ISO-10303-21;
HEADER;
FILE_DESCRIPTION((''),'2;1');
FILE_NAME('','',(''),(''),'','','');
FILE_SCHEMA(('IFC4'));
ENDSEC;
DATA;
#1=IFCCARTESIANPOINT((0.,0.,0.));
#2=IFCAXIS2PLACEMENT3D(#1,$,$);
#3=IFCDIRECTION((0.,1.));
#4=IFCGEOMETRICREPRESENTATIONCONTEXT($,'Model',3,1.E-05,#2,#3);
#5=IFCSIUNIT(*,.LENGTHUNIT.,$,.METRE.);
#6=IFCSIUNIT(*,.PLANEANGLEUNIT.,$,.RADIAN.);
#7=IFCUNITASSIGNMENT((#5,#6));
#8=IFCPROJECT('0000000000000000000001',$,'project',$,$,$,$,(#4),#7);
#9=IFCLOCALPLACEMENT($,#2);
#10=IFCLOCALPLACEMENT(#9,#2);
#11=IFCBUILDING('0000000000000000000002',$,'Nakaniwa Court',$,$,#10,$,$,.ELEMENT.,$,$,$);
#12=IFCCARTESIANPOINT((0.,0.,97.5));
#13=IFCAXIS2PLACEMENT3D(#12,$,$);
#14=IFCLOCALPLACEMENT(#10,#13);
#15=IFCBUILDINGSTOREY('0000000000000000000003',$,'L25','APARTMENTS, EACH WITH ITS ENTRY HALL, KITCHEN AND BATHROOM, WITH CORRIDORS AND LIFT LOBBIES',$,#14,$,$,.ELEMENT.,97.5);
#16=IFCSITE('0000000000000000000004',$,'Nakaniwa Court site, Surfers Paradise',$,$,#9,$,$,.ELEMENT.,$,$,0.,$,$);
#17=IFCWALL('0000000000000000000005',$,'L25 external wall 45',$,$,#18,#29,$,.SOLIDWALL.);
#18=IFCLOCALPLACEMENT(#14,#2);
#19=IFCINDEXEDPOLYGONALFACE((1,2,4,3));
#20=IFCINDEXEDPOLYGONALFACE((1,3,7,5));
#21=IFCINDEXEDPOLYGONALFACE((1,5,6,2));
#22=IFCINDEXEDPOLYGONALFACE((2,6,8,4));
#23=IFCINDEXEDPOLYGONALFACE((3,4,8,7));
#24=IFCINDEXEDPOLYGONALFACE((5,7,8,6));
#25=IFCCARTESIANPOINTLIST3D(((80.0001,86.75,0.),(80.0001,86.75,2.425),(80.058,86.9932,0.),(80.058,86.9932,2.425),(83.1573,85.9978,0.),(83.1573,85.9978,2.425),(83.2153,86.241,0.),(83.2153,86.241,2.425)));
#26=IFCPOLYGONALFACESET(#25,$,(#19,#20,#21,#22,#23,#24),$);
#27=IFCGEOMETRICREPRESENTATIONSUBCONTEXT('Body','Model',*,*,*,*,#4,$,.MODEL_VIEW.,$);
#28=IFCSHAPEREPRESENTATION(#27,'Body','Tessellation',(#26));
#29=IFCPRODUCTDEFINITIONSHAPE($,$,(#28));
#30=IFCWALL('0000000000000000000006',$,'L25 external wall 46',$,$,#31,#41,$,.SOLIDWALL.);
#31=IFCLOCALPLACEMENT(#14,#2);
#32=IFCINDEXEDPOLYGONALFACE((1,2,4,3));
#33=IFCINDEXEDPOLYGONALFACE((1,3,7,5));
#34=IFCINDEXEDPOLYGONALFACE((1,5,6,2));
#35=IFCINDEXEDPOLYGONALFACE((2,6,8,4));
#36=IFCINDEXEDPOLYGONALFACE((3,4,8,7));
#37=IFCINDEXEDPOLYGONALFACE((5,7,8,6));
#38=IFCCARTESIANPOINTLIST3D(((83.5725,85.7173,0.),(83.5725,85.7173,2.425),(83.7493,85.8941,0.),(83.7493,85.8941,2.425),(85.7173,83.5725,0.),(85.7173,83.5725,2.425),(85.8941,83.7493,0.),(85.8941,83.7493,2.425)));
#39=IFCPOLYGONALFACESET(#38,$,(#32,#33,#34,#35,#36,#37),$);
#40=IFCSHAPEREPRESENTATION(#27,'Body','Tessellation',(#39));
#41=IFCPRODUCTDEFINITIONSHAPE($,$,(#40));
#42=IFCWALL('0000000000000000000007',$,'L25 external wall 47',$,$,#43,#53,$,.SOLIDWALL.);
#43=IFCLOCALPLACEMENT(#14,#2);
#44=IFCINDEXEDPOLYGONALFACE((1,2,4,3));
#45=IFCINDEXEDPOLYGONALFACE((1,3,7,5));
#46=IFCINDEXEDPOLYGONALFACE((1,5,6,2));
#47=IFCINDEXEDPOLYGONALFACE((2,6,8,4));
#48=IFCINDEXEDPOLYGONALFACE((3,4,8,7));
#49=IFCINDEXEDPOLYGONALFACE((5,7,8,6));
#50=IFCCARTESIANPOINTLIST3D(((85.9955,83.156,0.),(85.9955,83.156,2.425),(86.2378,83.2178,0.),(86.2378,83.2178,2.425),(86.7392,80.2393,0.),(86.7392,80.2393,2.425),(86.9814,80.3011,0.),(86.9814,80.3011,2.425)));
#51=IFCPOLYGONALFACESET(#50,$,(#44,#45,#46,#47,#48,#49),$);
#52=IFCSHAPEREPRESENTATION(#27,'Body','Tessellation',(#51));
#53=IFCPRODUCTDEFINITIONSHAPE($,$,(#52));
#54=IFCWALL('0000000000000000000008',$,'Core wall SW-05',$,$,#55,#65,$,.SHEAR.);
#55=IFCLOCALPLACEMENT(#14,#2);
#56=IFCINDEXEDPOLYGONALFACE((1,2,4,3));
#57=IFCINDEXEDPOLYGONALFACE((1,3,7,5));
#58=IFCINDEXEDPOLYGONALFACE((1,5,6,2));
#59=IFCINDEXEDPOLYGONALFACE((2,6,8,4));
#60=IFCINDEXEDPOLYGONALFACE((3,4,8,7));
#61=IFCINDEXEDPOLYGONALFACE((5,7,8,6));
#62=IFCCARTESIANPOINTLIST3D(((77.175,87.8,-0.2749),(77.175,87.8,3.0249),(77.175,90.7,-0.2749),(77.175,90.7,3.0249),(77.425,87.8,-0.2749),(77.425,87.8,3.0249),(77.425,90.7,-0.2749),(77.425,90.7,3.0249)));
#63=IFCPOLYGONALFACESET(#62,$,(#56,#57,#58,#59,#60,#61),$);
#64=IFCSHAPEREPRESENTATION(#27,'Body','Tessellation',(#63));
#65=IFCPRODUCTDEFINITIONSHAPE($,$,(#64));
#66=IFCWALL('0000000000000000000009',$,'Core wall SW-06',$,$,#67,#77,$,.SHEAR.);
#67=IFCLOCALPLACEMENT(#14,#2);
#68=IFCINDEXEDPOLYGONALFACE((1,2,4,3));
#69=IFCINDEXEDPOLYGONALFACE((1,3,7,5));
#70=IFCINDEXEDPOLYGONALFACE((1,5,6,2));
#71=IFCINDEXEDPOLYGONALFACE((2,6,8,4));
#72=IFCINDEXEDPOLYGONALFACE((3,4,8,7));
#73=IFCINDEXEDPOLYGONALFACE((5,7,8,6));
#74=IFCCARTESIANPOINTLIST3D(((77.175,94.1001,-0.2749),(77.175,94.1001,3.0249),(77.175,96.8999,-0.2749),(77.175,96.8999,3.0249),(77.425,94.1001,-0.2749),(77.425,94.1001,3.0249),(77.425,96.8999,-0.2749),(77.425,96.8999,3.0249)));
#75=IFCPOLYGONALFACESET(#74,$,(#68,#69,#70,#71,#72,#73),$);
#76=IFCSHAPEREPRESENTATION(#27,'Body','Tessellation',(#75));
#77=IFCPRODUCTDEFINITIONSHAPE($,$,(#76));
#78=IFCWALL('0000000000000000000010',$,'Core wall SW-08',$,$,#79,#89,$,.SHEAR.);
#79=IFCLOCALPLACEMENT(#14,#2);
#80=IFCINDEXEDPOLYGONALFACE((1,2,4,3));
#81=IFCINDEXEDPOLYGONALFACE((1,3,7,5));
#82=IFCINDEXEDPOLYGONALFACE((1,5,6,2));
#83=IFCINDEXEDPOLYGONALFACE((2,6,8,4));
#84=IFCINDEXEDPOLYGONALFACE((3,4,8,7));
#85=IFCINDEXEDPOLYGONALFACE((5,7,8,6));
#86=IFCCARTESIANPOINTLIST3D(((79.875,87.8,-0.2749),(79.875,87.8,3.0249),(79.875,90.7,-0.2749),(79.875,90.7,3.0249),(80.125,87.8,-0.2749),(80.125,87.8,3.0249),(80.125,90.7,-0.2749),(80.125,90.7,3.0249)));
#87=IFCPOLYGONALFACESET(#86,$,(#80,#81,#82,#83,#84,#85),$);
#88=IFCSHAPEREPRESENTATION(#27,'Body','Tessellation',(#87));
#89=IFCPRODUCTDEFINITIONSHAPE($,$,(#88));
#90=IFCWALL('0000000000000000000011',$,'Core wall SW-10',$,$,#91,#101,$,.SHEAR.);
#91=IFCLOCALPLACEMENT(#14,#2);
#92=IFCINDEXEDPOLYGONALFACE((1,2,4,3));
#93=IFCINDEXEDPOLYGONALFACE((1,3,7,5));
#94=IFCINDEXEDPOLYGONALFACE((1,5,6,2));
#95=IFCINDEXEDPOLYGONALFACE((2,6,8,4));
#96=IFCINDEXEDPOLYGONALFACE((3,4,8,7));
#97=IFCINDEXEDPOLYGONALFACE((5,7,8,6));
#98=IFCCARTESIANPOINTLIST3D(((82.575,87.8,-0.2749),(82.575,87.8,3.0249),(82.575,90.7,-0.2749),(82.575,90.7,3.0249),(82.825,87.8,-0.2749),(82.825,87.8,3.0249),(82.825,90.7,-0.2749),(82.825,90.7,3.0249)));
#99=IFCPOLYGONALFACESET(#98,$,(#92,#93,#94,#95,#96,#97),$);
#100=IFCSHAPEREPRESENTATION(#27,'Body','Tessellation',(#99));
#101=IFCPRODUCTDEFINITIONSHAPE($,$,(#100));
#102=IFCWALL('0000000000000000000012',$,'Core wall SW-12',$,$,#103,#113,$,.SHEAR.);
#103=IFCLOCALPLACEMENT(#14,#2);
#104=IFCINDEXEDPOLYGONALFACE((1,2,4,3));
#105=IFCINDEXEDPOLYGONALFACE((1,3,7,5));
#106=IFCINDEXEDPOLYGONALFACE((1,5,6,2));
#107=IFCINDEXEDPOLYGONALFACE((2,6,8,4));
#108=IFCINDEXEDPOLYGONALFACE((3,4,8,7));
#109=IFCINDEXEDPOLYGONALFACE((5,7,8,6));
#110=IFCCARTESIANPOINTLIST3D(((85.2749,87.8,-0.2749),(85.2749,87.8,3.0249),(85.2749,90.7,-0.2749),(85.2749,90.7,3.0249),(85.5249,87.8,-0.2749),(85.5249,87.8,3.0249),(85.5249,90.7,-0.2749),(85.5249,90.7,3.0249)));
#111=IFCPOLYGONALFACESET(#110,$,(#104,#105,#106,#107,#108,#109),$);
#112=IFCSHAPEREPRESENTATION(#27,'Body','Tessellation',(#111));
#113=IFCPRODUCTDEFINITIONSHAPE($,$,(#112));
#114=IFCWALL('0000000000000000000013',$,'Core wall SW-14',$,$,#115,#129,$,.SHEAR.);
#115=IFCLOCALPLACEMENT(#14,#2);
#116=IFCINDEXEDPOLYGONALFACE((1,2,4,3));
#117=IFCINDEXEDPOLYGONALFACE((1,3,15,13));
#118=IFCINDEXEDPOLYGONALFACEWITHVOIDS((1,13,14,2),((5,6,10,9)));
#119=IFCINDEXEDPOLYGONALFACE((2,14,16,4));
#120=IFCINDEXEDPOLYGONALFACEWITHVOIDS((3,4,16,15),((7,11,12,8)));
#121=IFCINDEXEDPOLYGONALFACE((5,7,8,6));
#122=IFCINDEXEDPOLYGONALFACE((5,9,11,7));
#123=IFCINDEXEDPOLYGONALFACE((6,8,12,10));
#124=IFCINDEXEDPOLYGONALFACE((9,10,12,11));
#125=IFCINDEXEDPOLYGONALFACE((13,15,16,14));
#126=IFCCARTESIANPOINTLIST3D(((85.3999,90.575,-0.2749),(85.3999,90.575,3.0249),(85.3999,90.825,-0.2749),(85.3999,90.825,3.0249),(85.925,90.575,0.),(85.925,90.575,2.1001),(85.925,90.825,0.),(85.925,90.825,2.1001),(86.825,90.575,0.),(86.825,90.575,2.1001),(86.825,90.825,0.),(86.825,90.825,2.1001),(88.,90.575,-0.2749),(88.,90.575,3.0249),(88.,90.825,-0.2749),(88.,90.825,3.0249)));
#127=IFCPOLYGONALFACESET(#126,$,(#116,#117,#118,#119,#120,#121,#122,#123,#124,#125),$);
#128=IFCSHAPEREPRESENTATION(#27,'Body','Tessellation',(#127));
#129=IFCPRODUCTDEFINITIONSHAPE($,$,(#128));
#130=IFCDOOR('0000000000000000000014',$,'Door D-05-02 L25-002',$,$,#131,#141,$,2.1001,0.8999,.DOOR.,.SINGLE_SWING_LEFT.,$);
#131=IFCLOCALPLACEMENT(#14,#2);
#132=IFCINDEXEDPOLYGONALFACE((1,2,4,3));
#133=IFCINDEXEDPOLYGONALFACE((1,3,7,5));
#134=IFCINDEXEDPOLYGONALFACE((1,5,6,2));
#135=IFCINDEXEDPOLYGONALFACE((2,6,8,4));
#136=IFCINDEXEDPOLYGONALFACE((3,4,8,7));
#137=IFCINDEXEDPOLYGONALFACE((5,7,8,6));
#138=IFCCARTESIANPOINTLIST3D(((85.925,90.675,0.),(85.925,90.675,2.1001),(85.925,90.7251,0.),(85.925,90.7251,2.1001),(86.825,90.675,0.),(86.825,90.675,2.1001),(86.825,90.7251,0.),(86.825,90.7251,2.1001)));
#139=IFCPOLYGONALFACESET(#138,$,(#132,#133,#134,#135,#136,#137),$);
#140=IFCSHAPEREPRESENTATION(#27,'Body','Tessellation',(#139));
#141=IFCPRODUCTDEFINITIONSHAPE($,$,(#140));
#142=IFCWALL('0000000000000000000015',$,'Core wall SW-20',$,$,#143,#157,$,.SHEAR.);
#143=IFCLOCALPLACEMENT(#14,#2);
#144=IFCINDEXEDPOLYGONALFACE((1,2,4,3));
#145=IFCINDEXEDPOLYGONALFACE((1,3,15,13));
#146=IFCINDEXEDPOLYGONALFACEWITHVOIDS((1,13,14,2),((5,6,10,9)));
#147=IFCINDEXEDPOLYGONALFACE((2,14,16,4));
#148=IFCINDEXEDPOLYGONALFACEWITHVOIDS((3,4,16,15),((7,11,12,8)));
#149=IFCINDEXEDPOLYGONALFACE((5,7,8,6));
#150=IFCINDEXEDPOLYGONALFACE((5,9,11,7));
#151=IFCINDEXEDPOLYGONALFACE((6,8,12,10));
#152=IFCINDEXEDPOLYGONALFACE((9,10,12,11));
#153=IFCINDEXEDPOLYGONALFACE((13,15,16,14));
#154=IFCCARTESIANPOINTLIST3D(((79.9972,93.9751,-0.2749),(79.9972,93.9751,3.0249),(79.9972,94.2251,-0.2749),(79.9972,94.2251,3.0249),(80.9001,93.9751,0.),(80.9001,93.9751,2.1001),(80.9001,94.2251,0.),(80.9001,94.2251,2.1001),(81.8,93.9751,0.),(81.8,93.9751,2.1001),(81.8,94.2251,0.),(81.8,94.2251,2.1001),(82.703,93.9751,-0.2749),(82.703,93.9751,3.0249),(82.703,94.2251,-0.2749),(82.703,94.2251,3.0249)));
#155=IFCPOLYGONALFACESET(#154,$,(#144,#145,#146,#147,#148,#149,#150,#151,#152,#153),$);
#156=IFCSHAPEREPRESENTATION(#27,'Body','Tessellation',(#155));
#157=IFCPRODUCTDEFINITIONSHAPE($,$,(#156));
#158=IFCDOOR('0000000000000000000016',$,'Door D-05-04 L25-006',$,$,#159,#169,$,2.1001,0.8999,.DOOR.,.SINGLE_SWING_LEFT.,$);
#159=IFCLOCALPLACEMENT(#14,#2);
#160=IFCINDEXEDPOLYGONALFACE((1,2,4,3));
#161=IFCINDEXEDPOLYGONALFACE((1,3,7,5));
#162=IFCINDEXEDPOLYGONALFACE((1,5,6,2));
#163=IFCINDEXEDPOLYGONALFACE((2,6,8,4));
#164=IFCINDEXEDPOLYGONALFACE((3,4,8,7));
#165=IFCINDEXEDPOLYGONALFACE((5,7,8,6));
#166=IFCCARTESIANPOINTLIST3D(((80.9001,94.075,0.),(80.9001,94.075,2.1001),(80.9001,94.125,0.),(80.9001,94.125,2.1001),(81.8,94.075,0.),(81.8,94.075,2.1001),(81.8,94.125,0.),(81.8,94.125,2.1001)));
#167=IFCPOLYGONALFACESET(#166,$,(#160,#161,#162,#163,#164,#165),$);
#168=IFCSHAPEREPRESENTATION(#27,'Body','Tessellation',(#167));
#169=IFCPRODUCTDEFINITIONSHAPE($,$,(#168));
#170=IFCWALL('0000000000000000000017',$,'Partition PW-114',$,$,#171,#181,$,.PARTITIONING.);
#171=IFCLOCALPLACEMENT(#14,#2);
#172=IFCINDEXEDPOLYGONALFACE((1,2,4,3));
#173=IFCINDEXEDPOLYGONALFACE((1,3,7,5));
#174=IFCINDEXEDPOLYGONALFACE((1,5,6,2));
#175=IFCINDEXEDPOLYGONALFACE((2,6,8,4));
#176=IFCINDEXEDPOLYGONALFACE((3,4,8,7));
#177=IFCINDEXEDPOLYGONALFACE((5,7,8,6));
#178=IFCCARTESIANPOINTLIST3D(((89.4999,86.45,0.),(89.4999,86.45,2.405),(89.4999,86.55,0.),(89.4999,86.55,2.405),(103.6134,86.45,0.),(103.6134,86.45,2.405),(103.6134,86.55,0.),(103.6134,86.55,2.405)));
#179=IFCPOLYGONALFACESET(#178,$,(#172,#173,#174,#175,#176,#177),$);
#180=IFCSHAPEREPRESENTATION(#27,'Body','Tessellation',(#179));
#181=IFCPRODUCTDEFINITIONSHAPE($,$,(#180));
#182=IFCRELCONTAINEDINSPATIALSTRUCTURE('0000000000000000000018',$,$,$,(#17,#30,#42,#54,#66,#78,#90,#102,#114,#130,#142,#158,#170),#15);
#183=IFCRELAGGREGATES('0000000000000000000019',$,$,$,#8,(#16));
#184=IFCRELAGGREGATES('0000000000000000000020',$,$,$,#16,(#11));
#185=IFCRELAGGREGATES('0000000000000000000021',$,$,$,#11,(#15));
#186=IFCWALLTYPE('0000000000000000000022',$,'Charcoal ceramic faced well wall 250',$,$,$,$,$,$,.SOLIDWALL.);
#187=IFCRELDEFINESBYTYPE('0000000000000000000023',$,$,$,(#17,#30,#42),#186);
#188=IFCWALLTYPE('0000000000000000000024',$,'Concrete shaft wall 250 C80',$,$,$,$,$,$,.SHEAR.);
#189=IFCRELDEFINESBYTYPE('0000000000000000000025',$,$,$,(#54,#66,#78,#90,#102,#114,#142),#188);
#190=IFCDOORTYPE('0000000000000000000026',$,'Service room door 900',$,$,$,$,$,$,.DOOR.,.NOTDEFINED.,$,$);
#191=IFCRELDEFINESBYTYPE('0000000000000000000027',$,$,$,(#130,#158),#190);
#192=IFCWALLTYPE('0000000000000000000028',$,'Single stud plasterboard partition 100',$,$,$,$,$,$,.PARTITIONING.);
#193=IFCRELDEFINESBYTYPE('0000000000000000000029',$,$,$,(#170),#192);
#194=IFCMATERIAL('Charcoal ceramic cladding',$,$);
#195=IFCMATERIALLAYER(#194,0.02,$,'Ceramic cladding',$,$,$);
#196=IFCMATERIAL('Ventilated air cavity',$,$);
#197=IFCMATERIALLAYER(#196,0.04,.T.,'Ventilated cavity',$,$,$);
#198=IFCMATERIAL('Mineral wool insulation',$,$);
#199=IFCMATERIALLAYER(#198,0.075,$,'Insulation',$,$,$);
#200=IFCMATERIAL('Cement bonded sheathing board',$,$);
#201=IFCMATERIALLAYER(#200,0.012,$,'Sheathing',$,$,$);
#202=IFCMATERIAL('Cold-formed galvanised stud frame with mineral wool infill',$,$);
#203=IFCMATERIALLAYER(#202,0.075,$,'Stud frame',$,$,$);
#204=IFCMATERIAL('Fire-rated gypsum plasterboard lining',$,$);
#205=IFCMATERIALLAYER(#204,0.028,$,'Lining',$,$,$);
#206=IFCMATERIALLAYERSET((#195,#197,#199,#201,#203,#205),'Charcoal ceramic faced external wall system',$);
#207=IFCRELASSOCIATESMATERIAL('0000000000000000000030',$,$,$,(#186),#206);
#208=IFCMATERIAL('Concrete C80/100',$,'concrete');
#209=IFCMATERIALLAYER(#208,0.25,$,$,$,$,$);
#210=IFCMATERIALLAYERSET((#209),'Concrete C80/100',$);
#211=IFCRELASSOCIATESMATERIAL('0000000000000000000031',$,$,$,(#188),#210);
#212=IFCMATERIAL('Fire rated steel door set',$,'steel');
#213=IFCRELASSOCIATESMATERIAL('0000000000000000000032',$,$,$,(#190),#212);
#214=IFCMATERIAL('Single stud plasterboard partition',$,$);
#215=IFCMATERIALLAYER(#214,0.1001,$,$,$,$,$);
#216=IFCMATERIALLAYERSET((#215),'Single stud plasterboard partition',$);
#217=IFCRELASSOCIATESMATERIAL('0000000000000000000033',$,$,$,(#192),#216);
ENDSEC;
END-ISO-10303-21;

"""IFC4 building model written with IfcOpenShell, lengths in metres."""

from ifc_helpers import new_model, si_unit, direction, frame, frame_2d, origin, place, context, subcontext, project, spatial, rectangle, extrude, material, layer, layer_set, type_object, element, fill, save


model = new_model("IFC4")

# Units and contexts
model_context = context("Model", 3, precision=1e-05, world=origin(), true_north=direction((0.0, 1.0)))
body_context = subcontext(model_context, "Body", "Model", "MODEL_VIEW")
ifc_project = project(units=[si_unit("LENGTHUNIT", "METRE"), si_unit("PLANEANGLEUNIT", "RADIAN")], contexts=[model_context])

# Site, building, storey
site_placement = place(None, origin())
site = spatial("IfcSite", under=ifc_project, at=site_placement, Name="Nakaniwa Court site, Surfers Paradise", CompositionType="ELEMENT", RefElevation=0.0)
building_placement = place(site_placement, origin())
building = spatial("IfcBuilding", under=site, at=building_placement, Name="Nakaniwa Court", CompositionType="ELEMENT")
storey_placement = place(building_placement, frame((0.0, 0.0, 97.5)))
storey = spatial("IfcBuildingStorey", under=building, at=storey_placement, Name="L25", Description="APARTMENTS, EACH WITH ITS ENTRY HALL, KITCHEN AND BATHROOM, WITH CORRIDORS AND LIFT LOBBIES", CompositionType="ELEMENT", Elevation=97.5)

# Shared definitions
ifc_material_1 = material(Name="Concrete C80/100", Category="concrete")

# Walls
ifc_material_2 = material(Name="Charcoal ceramic cladding")
ifc_layer_1 = layer(ifc_material_2, 0.02, Name="Ceramic cladding")
ifc_material_3 = material(Name="Ventilated air cavity")
ifc_layer_2 = layer(ifc_material_3, 0.04, ventilated=True, Name="Ventilated cavity")
ifc_material_4 = material(Name="Mineral wool insulation")
ifc_layer_3 = layer(ifc_material_4, 0.075, Name="Insulation")
ifc_material_5 = material(Name="Cement bonded sheathing board")
ifc_layer_4 = layer(ifc_material_5, 0.012, Name="Sheathing")
ifc_material_6 = material(Name="Cold-formed galvanised stud frame with mineral wool infill")
ifc_layer_5 = layer(ifc_material_6, 0.075, Name="Stud frame")
ifc_material_7 = material(Name="Fire-rated gypsum plasterboard lining")
ifc_layer_6 = layer(ifc_material_7, 0.028, Name="Lining")
ifc_layer_set_1 = layer_set([ifc_layer_1, ifc_layer_2, ifc_layer_3, ifc_layer_4, ifc_layer_5, ifc_layer_6], Name="Charcoal ceramic faced external wall system")
wall_type_1 = type_object("IfcWallType", Name="Charcoal ceramic faced well wall 250", PredefinedType="SOLIDWALL", material=ifc_layer_set_1)
wall_1_placement = place(storey_placement, frame((80.0291, 86.8716, 0.0), z_axis=(0.0, 0.0, 1.0), x_axis=(0.972773, -0.23176, 0.0)))
element("IfcWall", 1, at=wall_1_placement, inside=storey, type_object=wall_type_1, Name="L25 external wall 45", PredefinedType="SOLIDWALL", context=body_context, shape_type="SweptSolid", body=[
    extrude(rectangle(XDim=3.2456, YDim=0.25, at=frame_2d((1.6228, 0.0))), origin(), (0.0, 0.0, 1.0), 2.425),
])
wall_2_placement = place(storey_placement, frame((83.6609, 85.8057, 0.0), z_axis=(0.0, 0.0, 1.0), x_axis=(0.707107, -0.707107, 0.0)))
element("IfcWall", 2, at=wall_2_placement, inside=storey, type_object=wall_type_1, Name="L25 external wall 46", PredefinedType="SOLIDWALL", context=body_context, shape_type="SweptSolid", body=[
    extrude(rectangle(XDim=3.0332, YDim=0.25, at=frame_2d((1.5166, 0.0))), origin(), (0.0, 0.0, 1.0), 2.425),
])
wall_3_placement = place(storey_placement, frame((86.1167, 83.1868, 0.0), z_axis=(0.0, 0.0, 1.0), x_axis=(0.247056, -0.969001, 0.0)))
element("IfcWall", 3, at=wall_3_placement, inside=storey, type_object=wall_type_1, Name="L25 external wall 47", PredefinedType="SOLIDWALL", context=body_context, shape_type="SweptSolid", body=[
    extrude(rectangle(XDim=3.01, YDim=0.25, at=frame_2d((1.5049, 0.0))), origin(), (0.0, 0.0, 1.0), 2.425),
])
ifc_layer_7 = layer(ifc_material_1, 0.25)
ifc_layer_set_2 = layer_set([ifc_layer_7], Name="Concrete C80/100")
wall_type_2 = type_object("IfcWallType", Name="Concrete shaft wall 250 C80", PredefinedType="SHEAR", material=ifc_layer_set_2)
wall_4_placement = place(storey_placement, frame((77.3, 87.8, -0.2749), z_axis=(0.0, 0.0, 1.0), x_axis=(0.0, 1.0, 0.0)))
element("IfcWall", 4, at=wall_4_placement, inside=storey, type_object=wall_type_2, Name="Core wall SW-05", PredefinedType="SHEAR", context=body_context, shape_type="SweptSolid", body=[
    extrude(rectangle(XDim=2.8999, YDim=0.25, at=frame_2d((1.45, 0.0))), origin(), (0.0, 0.0, 1.0), 3.2998),
])
wall_5_placement = place(storey_placement, frame((77.3, 94.1001, -0.2749), z_axis=(0.0, 0.0, 1.0), x_axis=(0.0, 1.0, 0.0)))
element("IfcWall", 5, at=wall_5_placement, inside=storey, type_object=wall_type_2, Name="Core wall SW-06", PredefinedType="SHEAR", context=body_context, shape_type="SweptSolid", body=[
    extrude(rectangle(XDim=2.7998, YDim=0.25, at=frame_2d((1.3999, 0.0))), origin(), (0.0, 0.0, 1.0), 3.2998),
])
for number, where, z_axis, x_axis, name in (
    (6, (80.0, 87.8, -0.2749), (0.0, 0.0, 1.0), (0.0, 1.0, 0.0), "Core wall SW-08"),
    (7, (82.7, 87.8, -0.2749), (0.0, 0.0, 1.0), (0.0, 1.0, 0.0), "Core wall SW-10"),
    (8, (85.3999, 87.8, -0.2749), (0.0, 0.0, 1.0), (0.0, 1.0, 0.0), "Core wall SW-12"),
):
    element("IfcWall", number, at=place(storey_placement, frame(where, z_axis=z_axis, x_axis=x_axis)), inside=storey, type_object=wall_type_2, Name=name, PredefinedType="SHEAR", context=body_context, shape_type="SweptSolid", body=[
        extrude(rectangle(XDim=2.8999, YDim=0.25, at=frame_2d((1.45, 0.0))), origin(), (0.0, 0.0, 1.0), 3.2998),
    ])

# Walls, openings, doors
wall_6_placement = place(storey_placement, frame((88.0, 90.7, -0.2749), z_axis=(0.0, 0.0, 1.0), x_axis=(-1.0, 0.0, 0.0)))
wall_6 = element("IfcWall", 9, at=wall_6_placement, inside=storey, type_object=wall_type_2, Name="Core wall SW-14", PredefinedType="SHEAR", context=body_context, shape_type="SweptSolid", body=[
    extrude(rectangle(XDim=2.6001, YDim=0.25, at=frame_2d((1.3, 0.0))), origin(), (0.0, 0.0, 1.0), 3.2998),
])
opening_1_placement = place(wall_6_placement, frame((1.175, 0.0, 0.2749)))
opening_1 = element("IfcOpeningElement", 10, at=opening_1_placement, cuts=wall_6, PredefinedType="OPENING", context=body_context, shape_type="SweptSolid", body=[
    extrude(rectangle(XDim=0.8999, YDim=2.1001, at=frame_2d((0.45, 1.05))), frame((0.0, 0.135, 0.0), z_axis=(0.0, -1.0, 0.0), x_axis=(1.0, 0.0, 0.0)), (0.0, 0.0, 1.0), 0.27),
])
ifc_material_8 = material(Name="Fire rated steel door set", Category="steel")
door_type_1 = type_object("IfcDoorType", Name="Service room door 900", OperationType="NOTDEFINED", PredefinedType="DOOR", material=ifc_material_8)
door_1_placement = place(opening_1_placement, origin())
door_1 = element("IfcDoor", 11, at=door_1_placement, inside=storey, type_object=door_type_1, Name="Door D-05-02 L25-002", OperationType="SINGLE_SWING_LEFT", OverallHeight=2.1001, OverallWidth=0.8999, PredefinedType="DOOR", context=body_context, shape_type="SweptSolid", body=[
    extrude(rectangle(XDim=0.8999, YDim=2.1001, at=frame_2d((0.45, 1.05))), frame((0.0, 0.0249, 0.0), z_axis=(0.0, -1.0, 0.0), x_axis=(1.0, 0.0, 0.0)), (0.0, 0.0, 1.0), 0.05),
])
fill(opening_1, door_1)
wall_7_placement = place(storey_placement, frame((79.9971, 94.1001, -0.2749), z_axis=(0.0, 0.0, 1.0), x_axis=(1.0, 0.0, 0.0)))
wall_7 = element("IfcWall", 12, at=wall_7_placement, inside=storey, type_object=wall_type_2, Name="Core wall SW-20", PredefinedType="SHEAR", context=body_context, shape_type="SweptSolid", body=[
    extrude(rectangle(XDim=2.7058, YDim=0.25, at=frame_2d((1.353, 0.0))), origin(), (0.0, 0.0, 1.0), 3.2998),
])
opening_2_placement = place(wall_7_placement, frame((0.9031, 0.0, 0.2749)))
opening_2 = element("IfcOpeningElement", 13, at=opening_2_placement, cuts=wall_7, PredefinedType="OPENING", context=body_context, shape_type="SweptSolid", body=[
    extrude(rectangle(XDim=0.8999, YDim=2.1001, at=frame_2d((0.45, 1.05))), frame((0.0, 0.135, 0.0), z_axis=(0.0, -1.0, 0.0), x_axis=(1.0, 0.0, 0.0)), (0.0, 0.0, 1.0), 0.27),
])
door_2_placement = place(opening_2_placement, origin())
door_2 = element("IfcDoor", 14, at=door_2_placement, inside=storey, type_object=door_type_1, Name="Door D-05-04 L25-006", OperationType="SINGLE_SWING_LEFT", OverallHeight=2.1001, OverallWidth=0.8999, PredefinedType="DOOR", context=body_context, shape_type="SweptSolid", body=[
    extrude(rectangle(XDim=0.8999, YDim=2.1001, at=frame_2d((0.45, 1.05))), frame((0.0, 0.0249, 0.0), z_axis=(0.0, -1.0, 0.0), x_axis=(1.0, 0.0, 0.0)), (0.0, 0.0, 1.0), 0.05),
])
fill(opening_2, door_2)

# Wall
ifc_material_9 = material(Name="Single stud plasterboard partition")
ifc_layer_8 = layer(ifc_material_9, 0.1001)
ifc_layer_set_3 = layer_set([ifc_layer_8], Name="Single stud plasterboard partition")
wall_type_3 = type_object("IfcWallType", Name="Single stud plasterboard partition 100", PredefinedType="PARTITIONING", material=ifc_layer_set_3)
wall_8_placement = place(storey_placement, frame((89.5, 86.5, 0.0), z_axis=(0.0, 0.0, 1.0), x_axis=(1.0, 0.0, 0.0)))
element("IfcWall", 15, at=wall_8_placement, inside=storey, type_object=wall_type_3, Name="Partition PW-114", PredefinedType="PARTITIONING", context=body_context, shape_type="SweptSolid", body=[
    extrude(rectangle(XDim=14.1135, YDim=0.1001, at=frame_2d((7.0566, 0.0))), origin(), (0.0, 0.0, 1.0), 2.405),
])

save(model, "model.ifc")
